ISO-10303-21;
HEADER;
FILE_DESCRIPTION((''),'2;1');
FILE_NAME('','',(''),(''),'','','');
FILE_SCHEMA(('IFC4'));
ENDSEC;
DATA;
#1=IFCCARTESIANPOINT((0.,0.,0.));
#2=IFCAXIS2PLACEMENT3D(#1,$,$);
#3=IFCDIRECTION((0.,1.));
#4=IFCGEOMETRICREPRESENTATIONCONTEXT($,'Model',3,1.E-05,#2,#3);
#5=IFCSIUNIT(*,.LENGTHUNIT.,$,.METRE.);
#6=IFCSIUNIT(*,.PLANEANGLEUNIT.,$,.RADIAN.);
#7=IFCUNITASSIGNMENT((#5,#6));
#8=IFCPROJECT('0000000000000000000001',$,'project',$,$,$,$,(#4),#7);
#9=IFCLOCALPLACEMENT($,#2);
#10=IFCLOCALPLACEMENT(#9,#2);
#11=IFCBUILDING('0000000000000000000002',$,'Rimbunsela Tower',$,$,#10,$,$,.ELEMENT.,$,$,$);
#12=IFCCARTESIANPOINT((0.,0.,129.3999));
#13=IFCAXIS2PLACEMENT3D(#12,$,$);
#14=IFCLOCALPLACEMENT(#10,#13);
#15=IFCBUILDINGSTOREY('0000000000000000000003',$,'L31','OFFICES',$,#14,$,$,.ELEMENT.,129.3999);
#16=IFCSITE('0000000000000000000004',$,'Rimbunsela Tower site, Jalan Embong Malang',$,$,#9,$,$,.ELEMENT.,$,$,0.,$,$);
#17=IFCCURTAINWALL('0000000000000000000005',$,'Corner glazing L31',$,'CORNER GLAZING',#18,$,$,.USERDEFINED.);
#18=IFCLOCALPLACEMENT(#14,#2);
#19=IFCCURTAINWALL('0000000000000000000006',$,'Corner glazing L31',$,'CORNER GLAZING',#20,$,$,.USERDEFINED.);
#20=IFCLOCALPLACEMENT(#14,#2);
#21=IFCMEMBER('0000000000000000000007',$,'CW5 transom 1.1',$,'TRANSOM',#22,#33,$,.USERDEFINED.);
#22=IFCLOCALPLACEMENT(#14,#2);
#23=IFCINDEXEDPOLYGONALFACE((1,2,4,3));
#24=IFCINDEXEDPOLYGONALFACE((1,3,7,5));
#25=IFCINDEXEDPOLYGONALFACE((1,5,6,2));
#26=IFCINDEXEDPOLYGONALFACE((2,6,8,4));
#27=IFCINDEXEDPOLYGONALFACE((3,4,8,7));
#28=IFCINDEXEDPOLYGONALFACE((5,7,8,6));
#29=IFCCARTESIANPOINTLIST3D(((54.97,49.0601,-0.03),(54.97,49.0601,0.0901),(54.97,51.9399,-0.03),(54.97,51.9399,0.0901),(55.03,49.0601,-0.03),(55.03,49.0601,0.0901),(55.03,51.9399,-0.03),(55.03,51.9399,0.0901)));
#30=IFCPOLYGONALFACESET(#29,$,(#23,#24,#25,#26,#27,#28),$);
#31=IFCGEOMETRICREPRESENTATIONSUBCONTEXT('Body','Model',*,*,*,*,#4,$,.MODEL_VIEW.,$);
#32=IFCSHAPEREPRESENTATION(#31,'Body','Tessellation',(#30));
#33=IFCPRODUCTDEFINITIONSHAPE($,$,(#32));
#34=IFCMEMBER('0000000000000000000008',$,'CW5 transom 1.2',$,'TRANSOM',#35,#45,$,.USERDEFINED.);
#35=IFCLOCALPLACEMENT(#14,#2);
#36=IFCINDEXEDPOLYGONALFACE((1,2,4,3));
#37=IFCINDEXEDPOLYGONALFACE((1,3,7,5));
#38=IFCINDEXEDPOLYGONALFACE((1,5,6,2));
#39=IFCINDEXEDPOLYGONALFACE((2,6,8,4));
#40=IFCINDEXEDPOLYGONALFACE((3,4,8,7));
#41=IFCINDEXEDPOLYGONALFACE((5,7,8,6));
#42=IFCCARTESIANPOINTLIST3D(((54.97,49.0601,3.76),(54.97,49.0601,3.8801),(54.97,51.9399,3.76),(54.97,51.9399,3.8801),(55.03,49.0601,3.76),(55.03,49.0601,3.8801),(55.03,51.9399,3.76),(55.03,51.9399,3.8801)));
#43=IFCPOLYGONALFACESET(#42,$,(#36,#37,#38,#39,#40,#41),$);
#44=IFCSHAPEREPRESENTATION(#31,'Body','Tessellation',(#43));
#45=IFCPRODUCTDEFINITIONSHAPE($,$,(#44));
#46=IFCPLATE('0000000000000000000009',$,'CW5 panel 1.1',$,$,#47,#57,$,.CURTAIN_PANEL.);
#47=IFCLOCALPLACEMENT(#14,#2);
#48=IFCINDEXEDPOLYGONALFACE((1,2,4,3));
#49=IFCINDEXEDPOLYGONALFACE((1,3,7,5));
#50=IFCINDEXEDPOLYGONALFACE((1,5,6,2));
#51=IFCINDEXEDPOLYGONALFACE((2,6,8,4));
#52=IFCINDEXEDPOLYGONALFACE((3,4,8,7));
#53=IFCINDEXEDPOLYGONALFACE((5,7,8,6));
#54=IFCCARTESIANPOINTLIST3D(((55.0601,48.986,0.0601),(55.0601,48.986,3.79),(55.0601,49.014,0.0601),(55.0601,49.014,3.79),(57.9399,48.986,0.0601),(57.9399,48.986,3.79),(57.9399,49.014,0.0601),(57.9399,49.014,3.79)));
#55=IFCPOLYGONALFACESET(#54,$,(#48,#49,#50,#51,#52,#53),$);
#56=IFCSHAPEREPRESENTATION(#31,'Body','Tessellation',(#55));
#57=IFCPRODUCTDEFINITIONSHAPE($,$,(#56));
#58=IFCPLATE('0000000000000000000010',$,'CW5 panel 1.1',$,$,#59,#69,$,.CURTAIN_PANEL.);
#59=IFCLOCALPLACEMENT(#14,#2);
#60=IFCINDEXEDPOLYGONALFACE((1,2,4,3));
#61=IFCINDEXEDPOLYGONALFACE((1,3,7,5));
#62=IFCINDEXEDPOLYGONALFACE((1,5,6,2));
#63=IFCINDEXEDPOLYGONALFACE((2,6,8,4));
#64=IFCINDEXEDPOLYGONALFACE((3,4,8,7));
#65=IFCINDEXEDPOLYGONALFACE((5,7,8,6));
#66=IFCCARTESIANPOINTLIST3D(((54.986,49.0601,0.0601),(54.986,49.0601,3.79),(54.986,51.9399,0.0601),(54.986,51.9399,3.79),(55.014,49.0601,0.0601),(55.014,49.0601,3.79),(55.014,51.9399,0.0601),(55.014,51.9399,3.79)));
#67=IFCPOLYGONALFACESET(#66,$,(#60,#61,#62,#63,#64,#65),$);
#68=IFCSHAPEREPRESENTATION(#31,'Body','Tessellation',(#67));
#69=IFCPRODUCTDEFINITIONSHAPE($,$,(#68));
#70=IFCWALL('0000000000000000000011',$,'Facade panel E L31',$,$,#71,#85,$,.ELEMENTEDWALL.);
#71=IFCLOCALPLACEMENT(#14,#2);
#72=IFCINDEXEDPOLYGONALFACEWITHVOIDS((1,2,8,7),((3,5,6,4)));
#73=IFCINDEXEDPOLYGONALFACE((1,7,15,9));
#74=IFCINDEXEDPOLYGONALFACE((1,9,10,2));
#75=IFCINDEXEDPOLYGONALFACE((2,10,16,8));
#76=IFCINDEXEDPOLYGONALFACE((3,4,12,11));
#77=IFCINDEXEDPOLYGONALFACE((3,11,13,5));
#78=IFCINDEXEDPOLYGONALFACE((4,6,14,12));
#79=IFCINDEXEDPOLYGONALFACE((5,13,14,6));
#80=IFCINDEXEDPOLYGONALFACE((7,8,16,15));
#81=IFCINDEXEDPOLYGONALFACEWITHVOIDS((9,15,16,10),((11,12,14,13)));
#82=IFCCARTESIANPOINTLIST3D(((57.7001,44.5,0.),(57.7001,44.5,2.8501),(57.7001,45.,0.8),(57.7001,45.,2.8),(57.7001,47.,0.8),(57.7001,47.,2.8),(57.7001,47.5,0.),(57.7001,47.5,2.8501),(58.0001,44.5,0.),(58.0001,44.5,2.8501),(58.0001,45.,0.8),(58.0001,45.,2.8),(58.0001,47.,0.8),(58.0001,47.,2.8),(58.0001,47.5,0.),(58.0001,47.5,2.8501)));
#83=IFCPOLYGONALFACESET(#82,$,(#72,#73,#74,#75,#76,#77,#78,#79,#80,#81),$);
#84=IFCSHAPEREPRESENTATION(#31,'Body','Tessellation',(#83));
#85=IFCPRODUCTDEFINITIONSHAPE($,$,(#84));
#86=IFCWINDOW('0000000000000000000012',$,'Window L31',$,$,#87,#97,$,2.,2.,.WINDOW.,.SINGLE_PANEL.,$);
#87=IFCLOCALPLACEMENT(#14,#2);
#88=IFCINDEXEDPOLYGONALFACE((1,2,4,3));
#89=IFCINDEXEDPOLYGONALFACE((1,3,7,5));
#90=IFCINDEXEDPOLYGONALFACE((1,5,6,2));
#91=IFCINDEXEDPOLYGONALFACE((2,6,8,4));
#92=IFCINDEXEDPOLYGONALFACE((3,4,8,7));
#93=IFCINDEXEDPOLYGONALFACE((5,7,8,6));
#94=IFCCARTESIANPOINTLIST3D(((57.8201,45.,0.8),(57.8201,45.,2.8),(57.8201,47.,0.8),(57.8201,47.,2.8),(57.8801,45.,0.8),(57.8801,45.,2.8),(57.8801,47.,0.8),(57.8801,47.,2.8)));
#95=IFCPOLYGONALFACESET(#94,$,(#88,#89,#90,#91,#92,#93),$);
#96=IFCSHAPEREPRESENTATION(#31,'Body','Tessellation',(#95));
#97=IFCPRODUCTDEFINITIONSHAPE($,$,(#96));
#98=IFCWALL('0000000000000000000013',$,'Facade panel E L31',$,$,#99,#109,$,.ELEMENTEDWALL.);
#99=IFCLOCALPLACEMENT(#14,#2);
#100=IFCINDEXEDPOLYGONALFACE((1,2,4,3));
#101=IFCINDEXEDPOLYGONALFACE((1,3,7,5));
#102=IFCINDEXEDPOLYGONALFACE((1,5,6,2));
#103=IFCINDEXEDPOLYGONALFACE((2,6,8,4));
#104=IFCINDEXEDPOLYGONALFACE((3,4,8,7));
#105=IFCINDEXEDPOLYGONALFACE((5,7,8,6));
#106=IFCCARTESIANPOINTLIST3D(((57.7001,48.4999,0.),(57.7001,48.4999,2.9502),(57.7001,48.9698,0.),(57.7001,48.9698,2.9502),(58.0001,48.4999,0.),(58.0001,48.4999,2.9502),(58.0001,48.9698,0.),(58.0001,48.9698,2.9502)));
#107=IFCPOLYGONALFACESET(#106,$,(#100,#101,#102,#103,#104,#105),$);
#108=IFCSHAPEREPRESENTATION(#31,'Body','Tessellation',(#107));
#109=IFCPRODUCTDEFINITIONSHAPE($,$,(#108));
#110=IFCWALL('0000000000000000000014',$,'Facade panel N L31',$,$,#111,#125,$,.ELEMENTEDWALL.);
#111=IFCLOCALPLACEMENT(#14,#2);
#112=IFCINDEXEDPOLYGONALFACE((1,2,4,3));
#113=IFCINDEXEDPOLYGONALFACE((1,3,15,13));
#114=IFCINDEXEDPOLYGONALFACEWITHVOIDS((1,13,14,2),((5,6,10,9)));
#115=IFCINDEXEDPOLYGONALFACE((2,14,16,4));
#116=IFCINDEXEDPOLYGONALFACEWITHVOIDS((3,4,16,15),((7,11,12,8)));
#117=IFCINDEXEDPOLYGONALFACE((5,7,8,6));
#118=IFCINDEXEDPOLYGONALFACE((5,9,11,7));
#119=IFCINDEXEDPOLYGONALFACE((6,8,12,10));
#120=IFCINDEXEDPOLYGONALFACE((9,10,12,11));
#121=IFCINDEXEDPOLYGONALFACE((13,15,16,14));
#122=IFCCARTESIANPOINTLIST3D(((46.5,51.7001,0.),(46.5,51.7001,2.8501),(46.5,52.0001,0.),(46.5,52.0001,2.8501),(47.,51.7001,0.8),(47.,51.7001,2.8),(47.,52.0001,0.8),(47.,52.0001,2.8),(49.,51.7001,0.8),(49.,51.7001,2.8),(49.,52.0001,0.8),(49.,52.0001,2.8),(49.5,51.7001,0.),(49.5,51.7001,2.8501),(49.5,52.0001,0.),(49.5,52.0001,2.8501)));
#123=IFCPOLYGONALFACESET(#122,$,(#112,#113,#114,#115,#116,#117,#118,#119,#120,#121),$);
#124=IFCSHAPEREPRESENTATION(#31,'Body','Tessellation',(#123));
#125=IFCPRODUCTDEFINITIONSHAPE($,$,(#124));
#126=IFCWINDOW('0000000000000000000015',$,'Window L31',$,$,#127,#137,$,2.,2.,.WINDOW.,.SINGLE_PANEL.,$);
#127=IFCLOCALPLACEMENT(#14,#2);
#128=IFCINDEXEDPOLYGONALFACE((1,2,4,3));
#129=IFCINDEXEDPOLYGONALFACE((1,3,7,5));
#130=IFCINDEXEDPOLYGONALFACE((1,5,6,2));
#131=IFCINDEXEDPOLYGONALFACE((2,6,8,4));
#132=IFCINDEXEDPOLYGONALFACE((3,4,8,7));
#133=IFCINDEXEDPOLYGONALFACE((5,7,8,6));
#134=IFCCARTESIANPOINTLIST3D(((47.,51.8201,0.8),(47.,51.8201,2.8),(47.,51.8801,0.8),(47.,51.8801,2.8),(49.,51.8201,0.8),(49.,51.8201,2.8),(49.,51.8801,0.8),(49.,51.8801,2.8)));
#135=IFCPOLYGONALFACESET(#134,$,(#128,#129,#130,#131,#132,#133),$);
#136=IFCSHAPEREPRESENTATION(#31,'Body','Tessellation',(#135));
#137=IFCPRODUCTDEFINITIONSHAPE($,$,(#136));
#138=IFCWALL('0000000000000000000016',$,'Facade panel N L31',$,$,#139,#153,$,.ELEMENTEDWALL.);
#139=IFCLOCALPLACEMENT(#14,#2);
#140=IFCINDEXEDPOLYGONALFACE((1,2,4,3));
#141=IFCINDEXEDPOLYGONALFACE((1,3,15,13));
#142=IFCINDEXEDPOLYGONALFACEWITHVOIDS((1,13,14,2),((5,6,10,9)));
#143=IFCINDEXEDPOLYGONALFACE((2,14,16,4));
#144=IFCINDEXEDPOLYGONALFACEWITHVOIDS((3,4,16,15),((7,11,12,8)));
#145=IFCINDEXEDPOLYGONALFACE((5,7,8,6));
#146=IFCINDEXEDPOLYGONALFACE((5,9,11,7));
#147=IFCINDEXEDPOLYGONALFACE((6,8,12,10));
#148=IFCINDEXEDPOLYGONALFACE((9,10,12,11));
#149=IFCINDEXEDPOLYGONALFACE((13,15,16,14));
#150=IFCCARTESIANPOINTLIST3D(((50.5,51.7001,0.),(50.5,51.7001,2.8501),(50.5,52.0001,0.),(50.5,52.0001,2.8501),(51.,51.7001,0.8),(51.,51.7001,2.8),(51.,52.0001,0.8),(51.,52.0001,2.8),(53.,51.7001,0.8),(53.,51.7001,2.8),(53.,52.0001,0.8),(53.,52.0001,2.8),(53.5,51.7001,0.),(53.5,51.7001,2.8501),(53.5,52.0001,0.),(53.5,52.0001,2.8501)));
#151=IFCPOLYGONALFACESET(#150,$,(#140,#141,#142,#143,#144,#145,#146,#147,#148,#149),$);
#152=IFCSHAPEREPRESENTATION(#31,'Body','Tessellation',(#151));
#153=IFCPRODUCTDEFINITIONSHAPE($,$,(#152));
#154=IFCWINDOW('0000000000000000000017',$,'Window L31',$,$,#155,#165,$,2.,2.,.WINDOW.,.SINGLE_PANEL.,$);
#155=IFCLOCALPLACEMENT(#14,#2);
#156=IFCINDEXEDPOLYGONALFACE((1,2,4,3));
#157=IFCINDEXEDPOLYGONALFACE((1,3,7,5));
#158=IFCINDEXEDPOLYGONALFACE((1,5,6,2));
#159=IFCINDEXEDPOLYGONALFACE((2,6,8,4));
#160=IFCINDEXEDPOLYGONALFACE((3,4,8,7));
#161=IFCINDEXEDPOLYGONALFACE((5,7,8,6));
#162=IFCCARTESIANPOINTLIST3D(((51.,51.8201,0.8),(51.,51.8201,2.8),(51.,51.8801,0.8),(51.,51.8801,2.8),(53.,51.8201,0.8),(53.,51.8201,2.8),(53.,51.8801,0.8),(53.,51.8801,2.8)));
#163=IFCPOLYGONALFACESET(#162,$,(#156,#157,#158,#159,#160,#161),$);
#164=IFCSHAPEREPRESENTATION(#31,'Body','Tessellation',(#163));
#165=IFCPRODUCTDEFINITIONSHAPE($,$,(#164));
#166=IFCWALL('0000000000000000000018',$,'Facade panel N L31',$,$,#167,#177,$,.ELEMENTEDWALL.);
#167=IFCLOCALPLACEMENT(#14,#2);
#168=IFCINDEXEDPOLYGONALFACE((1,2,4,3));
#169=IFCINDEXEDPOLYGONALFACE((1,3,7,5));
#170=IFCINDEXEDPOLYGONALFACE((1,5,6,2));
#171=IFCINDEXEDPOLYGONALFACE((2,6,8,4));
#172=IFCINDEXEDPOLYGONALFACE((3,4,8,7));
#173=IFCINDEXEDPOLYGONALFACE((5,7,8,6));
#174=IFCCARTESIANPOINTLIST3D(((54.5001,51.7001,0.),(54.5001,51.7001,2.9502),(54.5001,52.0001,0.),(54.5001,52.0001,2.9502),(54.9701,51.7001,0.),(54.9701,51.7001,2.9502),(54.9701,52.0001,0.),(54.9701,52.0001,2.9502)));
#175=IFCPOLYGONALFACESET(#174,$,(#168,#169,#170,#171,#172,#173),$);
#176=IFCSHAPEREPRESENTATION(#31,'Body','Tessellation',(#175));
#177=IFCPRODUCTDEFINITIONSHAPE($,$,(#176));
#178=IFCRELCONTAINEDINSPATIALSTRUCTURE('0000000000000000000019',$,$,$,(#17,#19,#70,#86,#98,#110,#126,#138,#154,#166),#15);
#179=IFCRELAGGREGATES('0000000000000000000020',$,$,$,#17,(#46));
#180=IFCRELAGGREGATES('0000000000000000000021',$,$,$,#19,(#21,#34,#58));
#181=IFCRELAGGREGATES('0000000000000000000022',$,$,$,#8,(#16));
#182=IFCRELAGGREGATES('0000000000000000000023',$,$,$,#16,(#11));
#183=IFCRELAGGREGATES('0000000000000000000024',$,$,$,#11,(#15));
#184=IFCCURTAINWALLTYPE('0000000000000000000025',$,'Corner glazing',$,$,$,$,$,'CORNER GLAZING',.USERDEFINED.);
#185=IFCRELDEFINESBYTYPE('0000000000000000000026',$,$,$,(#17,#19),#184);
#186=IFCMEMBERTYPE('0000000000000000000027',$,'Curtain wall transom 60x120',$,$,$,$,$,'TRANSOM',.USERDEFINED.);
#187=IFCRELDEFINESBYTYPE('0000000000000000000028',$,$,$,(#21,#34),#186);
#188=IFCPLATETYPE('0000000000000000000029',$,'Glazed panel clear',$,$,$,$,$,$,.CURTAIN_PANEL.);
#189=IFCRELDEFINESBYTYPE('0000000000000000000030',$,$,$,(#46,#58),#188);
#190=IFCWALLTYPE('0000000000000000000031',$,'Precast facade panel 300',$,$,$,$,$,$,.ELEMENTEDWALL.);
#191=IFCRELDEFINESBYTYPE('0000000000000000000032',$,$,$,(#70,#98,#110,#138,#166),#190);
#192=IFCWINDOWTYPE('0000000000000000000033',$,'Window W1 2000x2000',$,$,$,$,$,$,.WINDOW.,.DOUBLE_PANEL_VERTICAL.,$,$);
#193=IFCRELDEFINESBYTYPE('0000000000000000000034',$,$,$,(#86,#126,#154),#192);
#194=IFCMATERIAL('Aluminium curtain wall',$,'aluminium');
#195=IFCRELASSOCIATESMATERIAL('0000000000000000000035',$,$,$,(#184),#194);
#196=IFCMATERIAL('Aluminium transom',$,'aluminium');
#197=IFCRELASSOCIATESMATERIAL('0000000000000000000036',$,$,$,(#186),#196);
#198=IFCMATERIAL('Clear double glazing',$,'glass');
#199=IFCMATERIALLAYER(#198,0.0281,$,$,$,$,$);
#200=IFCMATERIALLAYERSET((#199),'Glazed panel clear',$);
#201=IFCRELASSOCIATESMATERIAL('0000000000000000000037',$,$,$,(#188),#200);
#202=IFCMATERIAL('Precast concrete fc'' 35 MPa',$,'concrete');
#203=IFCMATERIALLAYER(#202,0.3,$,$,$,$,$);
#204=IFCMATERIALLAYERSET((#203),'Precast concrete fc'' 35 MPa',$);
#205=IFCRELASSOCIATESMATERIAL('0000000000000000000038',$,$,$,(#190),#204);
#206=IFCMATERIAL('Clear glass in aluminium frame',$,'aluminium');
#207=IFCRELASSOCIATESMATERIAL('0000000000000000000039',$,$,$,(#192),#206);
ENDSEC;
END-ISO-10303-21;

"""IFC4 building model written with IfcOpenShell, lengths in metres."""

from ifc_helpers import new_model, si_unit, direction, frame, frame_2d, origin, origin_2d, place, context, subcontext, project, spatial, rectangle, extrude, material, layer, layer_set, material_profile, profile_set, type_object, element, fill, aggregate, save


model = new_model("IFC4")

# Units and contexts
model_context = context("Model", 3, precision=1e-05, world=origin(), true_north=direction((0.0, 1.0)))
body_context = subcontext(model_context, "Body", "Model", "MODEL_VIEW")
ifc_project = project(units=[si_unit("LENGTHUNIT", "METRE"), si_unit("PLANEANGLEUNIT", "RADIAN")], contexts=[model_context])

# Site, building, storey
site_placement = place(None, origin())
site = spatial("IfcSite", under=ifc_project, at=site_placement, Name="Rimbunsela Tower site, Jalan Embong Malang", CompositionType="ELEMENT", RefElevation=0.0)
building_placement = place(site_placement, origin())
building = spatial("IfcBuilding", under=site, at=building_placement, Name="Rimbunsela Tower", CompositionType="ELEMENT")
storey_placement = place(building_placement, frame((0.0, 0.0, 129.3999)))
storey = spatial("IfcBuildingStorey", under=building, at=storey_placement, Name="L31", Description="OFFICES", CompositionType="ELEMENT", Elevation=129.3999)

# Curtain walls
ifc_material_1 = material(Name="Aluminium curtain wall", Category="aluminium")
curtain_wall_type = type_object("IfcCurtainWallType", Name="Corner glazing", ElementType="CORNER GLAZING", PredefinedType="USERDEFINED", material=ifc_material_1)
curtain_wall_1_placement = place(storey_placement, origin())
curtain_wall_1 = element("IfcCurtainWall", 1, at=curtain_wall_1_placement, inside=storey, type_object=curtain_wall_type, Name="Corner glazing L31", ObjectType="CORNER GLAZING", PredefinedType="USERDEFINED")
curtain_wall_2_placement = place(storey_placement, origin())
curtain_wall_2 = element("IfcCurtainWall", 2, at=curtain_wall_2_placement, inside=storey, type_object=curtain_wall_type, Name="Corner glazing L31", ObjectType="CORNER GLAZING", PredefinedType="USERDEFINED")

# Members
ifc_material_2 = material(Name="Aluminium transom", Category="aluminium")
ifc_material_profile_1 = material_profile(ifc_material_2, rectangle(XDim=0.0601, YDim=0.1201, at=origin_2d()), Name="Transom 60x120")
ifc_profile_set_1 = profile_set([ifc_material_profile_1], Name="Aluminium transom")
member_type_1 = type_object("IfcMemberType", Name="Curtain wall transom 60x120", ElementType="TRANSOM", PredefinedType="USERDEFINED", material=ifc_profile_set_1)
member_1_placement = place(storey_placement, frame((55.0, 49.0601, 0.03), z_axis=(0.0, 1.0, 0.0), x_axis=(-1.0, 0.0, 0.0)))
member_1 = element("IfcMember", 3, at=member_1_placement, type_object=member_type_1, Name="CW5 transom 1.1", ObjectType="TRANSOM", PredefinedType="USERDEFINED", context=body_context, shape_type="SweptSolid", body=[
    extrude(rectangle(XDim=0.0601, YDim=0.1201, at=origin_2d()), origin(), (0.0, 0.0, 1.0), 2.8799),
])
member_2_placement = place(storey_placement, frame((55.0, 49.0601, 3.8201), z_axis=(0.0, 1.0, 0.0), x_axis=(-1.0, 0.0, 0.0)))
member_2 = element("IfcMember", 4, at=member_2_placement, type_object=member_type_1, Name="CW5 transom 1.2", ObjectType="TRANSOM", PredefinedType="USERDEFINED", context=body_context, shape_type="SweptSolid", body=[
    extrude(rectangle(XDim=0.0601, YDim=0.1201, at=origin_2d()), origin(), (0.0, 0.0, 1.0), 2.8799),
])

# Plates
ifc_material_3 = material(Name="Clear double glazing", Category="glass")
ifc_layer_1 = layer(ifc_material_3, 0.0281)
ifc_layer_set_1 = layer_set([ifc_layer_1], Name="Glazed panel clear")
plate_type = type_object("IfcPlateType", Name="Glazed panel clear", PredefinedType="CURTAIN_PANEL", material=ifc_layer_set_1)
plate_1_placement = place(storey_placement, frame((56.5, 49.0, 0.0601), z_axis=(0.0, 0.0, 1.0), x_axis=(-1.0, 0.0, 0.0)))
plate_1 = element("IfcPlate", 5, at=plate_1_placement, type_object=plate_type, Name="CW5 panel 1.1", PredefinedType="CURTAIN_PANEL", context=body_context, shape_type="SweptSolid", body=[
    extrude(rectangle(XDim=2.8799, YDim=0.0281, at=origin_2d()), origin(), (0.0, 0.0, 1.0), 3.73),
])
aggregate(curtain_wall_1, [plate_1])
plate_2_placement = place(storey_placement, frame((55.0, 50.5, 0.0601), z_axis=(0.0, 0.0, 1.0), x_axis=(0.0, 1.0, 0.0)))
plate_2 = element("IfcPlate", 6, at=plate_2_placement, type_object=plate_type, Name="CW5 panel 1.1", PredefinedType="CURTAIN_PANEL", context=body_context, shape_type="SweptSolid", body=[
    extrude(rectangle(XDim=2.8799, YDim=0.0281, at=origin_2d()), origin(), (0.0, 0.0, 1.0), 3.73),
])
aggregate(curtain_wall_2, [member_1, member_2, plate_2])

# Wall, opening, window
ifc_material_4 = material(Name="Precast concrete fc' 35 MPa", Category="concrete")
ifc_layer_2 = layer(ifc_material_4, 0.3)
ifc_layer_set_2 = layer_set([ifc_layer_2], Name="Precast concrete fc' 35 MPa")
wall_type = type_object("IfcWallType", Name="Precast facade panel 300", PredefinedType="ELEMENTEDWALL", material=ifc_layer_set_2)
wall_1_placement = place(storey_placement, frame((57.8501, 44.5, 0.0), z_axis=(0.0, 0.0, 1.0), x_axis=(0.0, 1.0, 0.0)))
wall_1 = element("IfcWall", 7, at=wall_1_placement, inside=storey, type_object=wall_type, Name="Facade panel E L31", PredefinedType="ELEMENTEDWALL", context=body_context, shape_type="SweptSolid", body=[
    extrude(rectangle(XDim=3.0, YDim=0.3, at=frame_2d((1.5, 0.0))), origin(), (0.0, 0.0, 1.0), 2.8501),
])
opening_1_placement = place(wall_1_placement, frame((0.5, 0.0, 0.8)))
opening_1 = element("IfcOpeningElement", 8, at=opening_1_placement, cuts=wall_1, PredefinedType="OPENING", context=body_context, shape_type="SweptSolid", body=[
    extrude(rectangle(XDim=2.0, YDim=2.0, at=frame_2d((1.0, 1.0))), frame((0.0, 0.1599, 0.0), z_axis=(0.0, -1.0, 0.0), x_axis=(1.0, 0.0, 0.0)), (0.0, 0.0, 1.0), 0.3201),
])
ifc_material_5 = material(Name="Clear glass in aluminium frame", Category="aluminium")
window_type = type_object("IfcWindowType", Name="Window W1 2000x2000", PartitioningType="DOUBLE_PANEL_VERTICAL", PredefinedType="WINDOW", material=ifc_material_5)
window_1_placement = place(opening_1_placement, origin())
window_1 = element("IfcWindow", 9, at=window_1_placement, inside=storey, type_object=window_type, Name="Window L31", OverallHeight=2.0, OverallWidth=2.0, PartitioningType="SINGLE_PANEL", PredefinedType="WINDOW", context=body_context, shape_type="SweptSolid", body=[
    extrude(rectangle(XDim=2.0, YDim=2.0, at=frame_2d((1.0, 1.0))), frame((0.0, 0.03, 0.0), z_axis=(0.0, -1.0, 0.0), x_axis=(1.0, 0.0, 0.0)), (0.0, 0.0, 1.0), 0.0601),
])
fill(opening_1, window_1)

# Wall
wall_2_placement = place(storey_placement, frame((57.8501, 48.5, 0.0), z_axis=(0.0, 0.0, 1.0), x_axis=(0.0, 1.0, 0.0)))
element("IfcWall", 10, at=wall_2_placement, inside=storey, type_object=wall_type, Name="Facade panel E L31", PredefinedType="ELEMENTEDWALL", context=body_context, shape_type="SweptSolid", body=[
    extrude(rectangle(XDim=0.47, YDim=0.3, at=frame_2d((0.2349, 0.0))), origin(), (0.0, 0.0, 1.0), 2.9502),
])

# Walls, openings, windows
wall_3_placement = place(storey_placement, frame((49.5, 51.8501, 0.0), z_axis=(0.0, 0.0, 1.0), x_axis=(-1.0, 0.0, 0.0)))
wall_3 = element("IfcWall", 11, at=wall_3_placement, inside=storey, type_object=wall_type, Name="Facade panel N L31", PredefinedType="ELEMENTEDWALL", context=body_context, shape_type="SweptSolid", body=[
    extrude(rectangle(XDim=3.0, YDim=0.3, at=frame_2d((1.5, 0.0))), origin(), (0.0, 0.0, 1.0), 2.8501),
])
opening_2_placement = place(wall_3_placement, frame((0.5, 0.0, 0.8)))
opening_2 = element("IfcOpeningElement", 12, at=opening_2_placement, cuts=wall_3, PredefinedType="OPENING", context=body_context, shape_type="SweptSolid", body=[
    extrude(rectangle(XDim=2.0, YDim=2.0, at=frame_2d((1.0, 1.0))), frame((0.0, 0.1599, 0.0), z_axis=(0.0, -1.0, 0.0), x_axis=(1.0, 0.0, 0.0)), (0.0, 0.0, 1.0), 0.3201),
])
window_2_placement = place(opening_2_placement, origin())
window_2 = element("IfcWindow", 13, at=window_2_placement, inside=storey, type_object=window_type, Name="Window L31", OverallHeight=2.0, OverallWidth=2.0, PartitioningType="SINGLE_PANEL", PredefinedType="WINDOW", context=body_context, shape_type="SweptSolid", body=[
    extrude(rectangle(XDim=2.0, YDim=2.0, at=frame_2d((1.0, 1.0))), frame((0.0, 0.03, 0.0), z_axis=(0.0, -1.0, 0.0), x_axis=(1.0, 0.0, 0.0)), (0.0, 0.0, 1.0), 0.0601),
])
fill(opening_2, window_2)
wall_4_placement = place(storey_placement, frame((53.5, 51.8501, 0.0), z_axis=(0.0, 0.0, 1.0), x_axis=(-1.0, 0.0, 0.0)))
wall_4 = element("IfcWall", 14, at=wall_4_placement, inside=storey, type_object=wall_type, Name="Facade panel N L31", PredefinedType="ELEMENTEDWALL", context=body_context, shape_type="SweptSolid", body=[
    extrude(rectangle(XDim=3.0, YDim=0.3, at=frame_2d((1.5, 0.0))), origin(), (0.0, 0.0, 1.0), 2.8501),
])
opening_3_placement = place(wall_4_placement, frame((0.5, 0.0, 0.8)))
opening_3 = element("IfcOpeningElement", 15, at=opening_3_placement, cuts=wall_4, PredefinedType="OPENING", context=body_context, shape_type="SweptSolid", body=[
    extrude(rectangle(XDim=2.0, YDim=2.0, at=frame_2d((1.0, 1.0))), frame((0.0, 0.1599, 0.0), z_axis=(0.0, -1.0, 0.0), x_axis=(1.0, 0.0, 0.0)), (0.0, 0.0, 1.0), 0.3201),
])
window_3_placement = place(opening_3_placement, origin())
window_3 = element("IfcWindow", 16, at=window_3_placement, inside=storey, type_object=window_type, Name="Window L31", OverallHeight=2.0, OverallWidth=2.0, PartitioningType="SINGLE_PANEL", PredefinedType="WINDOW", context=body_context, shape_type="SweptSolid", body=[
    extrude(rectangle(XDim=2.0, YDim=2.0, at=frame_2d((1.0, 1.0))), frame((0.0, 0.03, 0.0), z_axis=(0.0, -1.0, 0.0), x_axis=(1.0, 0.0, 0.0)), (0.0, 0.0, 1.0), 0.0601),
])
fill(opening_3, window_3)

# Wall
wall_5_placement = place(storey_placement, frame((54.97, 51.8501, 0.0), z_axis=(0.0, 0.0, 1.0), x_axis=(-1.0, 0.0, 0.0)))
element("IfcWall", 17, at=wall_5_placement, inside=storey, type_object=wall_type, Name="Facade panel N L31", PredefinedType="ELEMENTEDWALL", context=body_context, shape_type="SweptSolid", body=[
    extrude(rectangle(XDim=0.47, YDim=0.3, at=frame_2d((0.2349, 0.0))), origin(), (0.0, 0.0, 1.0), 2.9502),
])

save(model, "model.ifc")
